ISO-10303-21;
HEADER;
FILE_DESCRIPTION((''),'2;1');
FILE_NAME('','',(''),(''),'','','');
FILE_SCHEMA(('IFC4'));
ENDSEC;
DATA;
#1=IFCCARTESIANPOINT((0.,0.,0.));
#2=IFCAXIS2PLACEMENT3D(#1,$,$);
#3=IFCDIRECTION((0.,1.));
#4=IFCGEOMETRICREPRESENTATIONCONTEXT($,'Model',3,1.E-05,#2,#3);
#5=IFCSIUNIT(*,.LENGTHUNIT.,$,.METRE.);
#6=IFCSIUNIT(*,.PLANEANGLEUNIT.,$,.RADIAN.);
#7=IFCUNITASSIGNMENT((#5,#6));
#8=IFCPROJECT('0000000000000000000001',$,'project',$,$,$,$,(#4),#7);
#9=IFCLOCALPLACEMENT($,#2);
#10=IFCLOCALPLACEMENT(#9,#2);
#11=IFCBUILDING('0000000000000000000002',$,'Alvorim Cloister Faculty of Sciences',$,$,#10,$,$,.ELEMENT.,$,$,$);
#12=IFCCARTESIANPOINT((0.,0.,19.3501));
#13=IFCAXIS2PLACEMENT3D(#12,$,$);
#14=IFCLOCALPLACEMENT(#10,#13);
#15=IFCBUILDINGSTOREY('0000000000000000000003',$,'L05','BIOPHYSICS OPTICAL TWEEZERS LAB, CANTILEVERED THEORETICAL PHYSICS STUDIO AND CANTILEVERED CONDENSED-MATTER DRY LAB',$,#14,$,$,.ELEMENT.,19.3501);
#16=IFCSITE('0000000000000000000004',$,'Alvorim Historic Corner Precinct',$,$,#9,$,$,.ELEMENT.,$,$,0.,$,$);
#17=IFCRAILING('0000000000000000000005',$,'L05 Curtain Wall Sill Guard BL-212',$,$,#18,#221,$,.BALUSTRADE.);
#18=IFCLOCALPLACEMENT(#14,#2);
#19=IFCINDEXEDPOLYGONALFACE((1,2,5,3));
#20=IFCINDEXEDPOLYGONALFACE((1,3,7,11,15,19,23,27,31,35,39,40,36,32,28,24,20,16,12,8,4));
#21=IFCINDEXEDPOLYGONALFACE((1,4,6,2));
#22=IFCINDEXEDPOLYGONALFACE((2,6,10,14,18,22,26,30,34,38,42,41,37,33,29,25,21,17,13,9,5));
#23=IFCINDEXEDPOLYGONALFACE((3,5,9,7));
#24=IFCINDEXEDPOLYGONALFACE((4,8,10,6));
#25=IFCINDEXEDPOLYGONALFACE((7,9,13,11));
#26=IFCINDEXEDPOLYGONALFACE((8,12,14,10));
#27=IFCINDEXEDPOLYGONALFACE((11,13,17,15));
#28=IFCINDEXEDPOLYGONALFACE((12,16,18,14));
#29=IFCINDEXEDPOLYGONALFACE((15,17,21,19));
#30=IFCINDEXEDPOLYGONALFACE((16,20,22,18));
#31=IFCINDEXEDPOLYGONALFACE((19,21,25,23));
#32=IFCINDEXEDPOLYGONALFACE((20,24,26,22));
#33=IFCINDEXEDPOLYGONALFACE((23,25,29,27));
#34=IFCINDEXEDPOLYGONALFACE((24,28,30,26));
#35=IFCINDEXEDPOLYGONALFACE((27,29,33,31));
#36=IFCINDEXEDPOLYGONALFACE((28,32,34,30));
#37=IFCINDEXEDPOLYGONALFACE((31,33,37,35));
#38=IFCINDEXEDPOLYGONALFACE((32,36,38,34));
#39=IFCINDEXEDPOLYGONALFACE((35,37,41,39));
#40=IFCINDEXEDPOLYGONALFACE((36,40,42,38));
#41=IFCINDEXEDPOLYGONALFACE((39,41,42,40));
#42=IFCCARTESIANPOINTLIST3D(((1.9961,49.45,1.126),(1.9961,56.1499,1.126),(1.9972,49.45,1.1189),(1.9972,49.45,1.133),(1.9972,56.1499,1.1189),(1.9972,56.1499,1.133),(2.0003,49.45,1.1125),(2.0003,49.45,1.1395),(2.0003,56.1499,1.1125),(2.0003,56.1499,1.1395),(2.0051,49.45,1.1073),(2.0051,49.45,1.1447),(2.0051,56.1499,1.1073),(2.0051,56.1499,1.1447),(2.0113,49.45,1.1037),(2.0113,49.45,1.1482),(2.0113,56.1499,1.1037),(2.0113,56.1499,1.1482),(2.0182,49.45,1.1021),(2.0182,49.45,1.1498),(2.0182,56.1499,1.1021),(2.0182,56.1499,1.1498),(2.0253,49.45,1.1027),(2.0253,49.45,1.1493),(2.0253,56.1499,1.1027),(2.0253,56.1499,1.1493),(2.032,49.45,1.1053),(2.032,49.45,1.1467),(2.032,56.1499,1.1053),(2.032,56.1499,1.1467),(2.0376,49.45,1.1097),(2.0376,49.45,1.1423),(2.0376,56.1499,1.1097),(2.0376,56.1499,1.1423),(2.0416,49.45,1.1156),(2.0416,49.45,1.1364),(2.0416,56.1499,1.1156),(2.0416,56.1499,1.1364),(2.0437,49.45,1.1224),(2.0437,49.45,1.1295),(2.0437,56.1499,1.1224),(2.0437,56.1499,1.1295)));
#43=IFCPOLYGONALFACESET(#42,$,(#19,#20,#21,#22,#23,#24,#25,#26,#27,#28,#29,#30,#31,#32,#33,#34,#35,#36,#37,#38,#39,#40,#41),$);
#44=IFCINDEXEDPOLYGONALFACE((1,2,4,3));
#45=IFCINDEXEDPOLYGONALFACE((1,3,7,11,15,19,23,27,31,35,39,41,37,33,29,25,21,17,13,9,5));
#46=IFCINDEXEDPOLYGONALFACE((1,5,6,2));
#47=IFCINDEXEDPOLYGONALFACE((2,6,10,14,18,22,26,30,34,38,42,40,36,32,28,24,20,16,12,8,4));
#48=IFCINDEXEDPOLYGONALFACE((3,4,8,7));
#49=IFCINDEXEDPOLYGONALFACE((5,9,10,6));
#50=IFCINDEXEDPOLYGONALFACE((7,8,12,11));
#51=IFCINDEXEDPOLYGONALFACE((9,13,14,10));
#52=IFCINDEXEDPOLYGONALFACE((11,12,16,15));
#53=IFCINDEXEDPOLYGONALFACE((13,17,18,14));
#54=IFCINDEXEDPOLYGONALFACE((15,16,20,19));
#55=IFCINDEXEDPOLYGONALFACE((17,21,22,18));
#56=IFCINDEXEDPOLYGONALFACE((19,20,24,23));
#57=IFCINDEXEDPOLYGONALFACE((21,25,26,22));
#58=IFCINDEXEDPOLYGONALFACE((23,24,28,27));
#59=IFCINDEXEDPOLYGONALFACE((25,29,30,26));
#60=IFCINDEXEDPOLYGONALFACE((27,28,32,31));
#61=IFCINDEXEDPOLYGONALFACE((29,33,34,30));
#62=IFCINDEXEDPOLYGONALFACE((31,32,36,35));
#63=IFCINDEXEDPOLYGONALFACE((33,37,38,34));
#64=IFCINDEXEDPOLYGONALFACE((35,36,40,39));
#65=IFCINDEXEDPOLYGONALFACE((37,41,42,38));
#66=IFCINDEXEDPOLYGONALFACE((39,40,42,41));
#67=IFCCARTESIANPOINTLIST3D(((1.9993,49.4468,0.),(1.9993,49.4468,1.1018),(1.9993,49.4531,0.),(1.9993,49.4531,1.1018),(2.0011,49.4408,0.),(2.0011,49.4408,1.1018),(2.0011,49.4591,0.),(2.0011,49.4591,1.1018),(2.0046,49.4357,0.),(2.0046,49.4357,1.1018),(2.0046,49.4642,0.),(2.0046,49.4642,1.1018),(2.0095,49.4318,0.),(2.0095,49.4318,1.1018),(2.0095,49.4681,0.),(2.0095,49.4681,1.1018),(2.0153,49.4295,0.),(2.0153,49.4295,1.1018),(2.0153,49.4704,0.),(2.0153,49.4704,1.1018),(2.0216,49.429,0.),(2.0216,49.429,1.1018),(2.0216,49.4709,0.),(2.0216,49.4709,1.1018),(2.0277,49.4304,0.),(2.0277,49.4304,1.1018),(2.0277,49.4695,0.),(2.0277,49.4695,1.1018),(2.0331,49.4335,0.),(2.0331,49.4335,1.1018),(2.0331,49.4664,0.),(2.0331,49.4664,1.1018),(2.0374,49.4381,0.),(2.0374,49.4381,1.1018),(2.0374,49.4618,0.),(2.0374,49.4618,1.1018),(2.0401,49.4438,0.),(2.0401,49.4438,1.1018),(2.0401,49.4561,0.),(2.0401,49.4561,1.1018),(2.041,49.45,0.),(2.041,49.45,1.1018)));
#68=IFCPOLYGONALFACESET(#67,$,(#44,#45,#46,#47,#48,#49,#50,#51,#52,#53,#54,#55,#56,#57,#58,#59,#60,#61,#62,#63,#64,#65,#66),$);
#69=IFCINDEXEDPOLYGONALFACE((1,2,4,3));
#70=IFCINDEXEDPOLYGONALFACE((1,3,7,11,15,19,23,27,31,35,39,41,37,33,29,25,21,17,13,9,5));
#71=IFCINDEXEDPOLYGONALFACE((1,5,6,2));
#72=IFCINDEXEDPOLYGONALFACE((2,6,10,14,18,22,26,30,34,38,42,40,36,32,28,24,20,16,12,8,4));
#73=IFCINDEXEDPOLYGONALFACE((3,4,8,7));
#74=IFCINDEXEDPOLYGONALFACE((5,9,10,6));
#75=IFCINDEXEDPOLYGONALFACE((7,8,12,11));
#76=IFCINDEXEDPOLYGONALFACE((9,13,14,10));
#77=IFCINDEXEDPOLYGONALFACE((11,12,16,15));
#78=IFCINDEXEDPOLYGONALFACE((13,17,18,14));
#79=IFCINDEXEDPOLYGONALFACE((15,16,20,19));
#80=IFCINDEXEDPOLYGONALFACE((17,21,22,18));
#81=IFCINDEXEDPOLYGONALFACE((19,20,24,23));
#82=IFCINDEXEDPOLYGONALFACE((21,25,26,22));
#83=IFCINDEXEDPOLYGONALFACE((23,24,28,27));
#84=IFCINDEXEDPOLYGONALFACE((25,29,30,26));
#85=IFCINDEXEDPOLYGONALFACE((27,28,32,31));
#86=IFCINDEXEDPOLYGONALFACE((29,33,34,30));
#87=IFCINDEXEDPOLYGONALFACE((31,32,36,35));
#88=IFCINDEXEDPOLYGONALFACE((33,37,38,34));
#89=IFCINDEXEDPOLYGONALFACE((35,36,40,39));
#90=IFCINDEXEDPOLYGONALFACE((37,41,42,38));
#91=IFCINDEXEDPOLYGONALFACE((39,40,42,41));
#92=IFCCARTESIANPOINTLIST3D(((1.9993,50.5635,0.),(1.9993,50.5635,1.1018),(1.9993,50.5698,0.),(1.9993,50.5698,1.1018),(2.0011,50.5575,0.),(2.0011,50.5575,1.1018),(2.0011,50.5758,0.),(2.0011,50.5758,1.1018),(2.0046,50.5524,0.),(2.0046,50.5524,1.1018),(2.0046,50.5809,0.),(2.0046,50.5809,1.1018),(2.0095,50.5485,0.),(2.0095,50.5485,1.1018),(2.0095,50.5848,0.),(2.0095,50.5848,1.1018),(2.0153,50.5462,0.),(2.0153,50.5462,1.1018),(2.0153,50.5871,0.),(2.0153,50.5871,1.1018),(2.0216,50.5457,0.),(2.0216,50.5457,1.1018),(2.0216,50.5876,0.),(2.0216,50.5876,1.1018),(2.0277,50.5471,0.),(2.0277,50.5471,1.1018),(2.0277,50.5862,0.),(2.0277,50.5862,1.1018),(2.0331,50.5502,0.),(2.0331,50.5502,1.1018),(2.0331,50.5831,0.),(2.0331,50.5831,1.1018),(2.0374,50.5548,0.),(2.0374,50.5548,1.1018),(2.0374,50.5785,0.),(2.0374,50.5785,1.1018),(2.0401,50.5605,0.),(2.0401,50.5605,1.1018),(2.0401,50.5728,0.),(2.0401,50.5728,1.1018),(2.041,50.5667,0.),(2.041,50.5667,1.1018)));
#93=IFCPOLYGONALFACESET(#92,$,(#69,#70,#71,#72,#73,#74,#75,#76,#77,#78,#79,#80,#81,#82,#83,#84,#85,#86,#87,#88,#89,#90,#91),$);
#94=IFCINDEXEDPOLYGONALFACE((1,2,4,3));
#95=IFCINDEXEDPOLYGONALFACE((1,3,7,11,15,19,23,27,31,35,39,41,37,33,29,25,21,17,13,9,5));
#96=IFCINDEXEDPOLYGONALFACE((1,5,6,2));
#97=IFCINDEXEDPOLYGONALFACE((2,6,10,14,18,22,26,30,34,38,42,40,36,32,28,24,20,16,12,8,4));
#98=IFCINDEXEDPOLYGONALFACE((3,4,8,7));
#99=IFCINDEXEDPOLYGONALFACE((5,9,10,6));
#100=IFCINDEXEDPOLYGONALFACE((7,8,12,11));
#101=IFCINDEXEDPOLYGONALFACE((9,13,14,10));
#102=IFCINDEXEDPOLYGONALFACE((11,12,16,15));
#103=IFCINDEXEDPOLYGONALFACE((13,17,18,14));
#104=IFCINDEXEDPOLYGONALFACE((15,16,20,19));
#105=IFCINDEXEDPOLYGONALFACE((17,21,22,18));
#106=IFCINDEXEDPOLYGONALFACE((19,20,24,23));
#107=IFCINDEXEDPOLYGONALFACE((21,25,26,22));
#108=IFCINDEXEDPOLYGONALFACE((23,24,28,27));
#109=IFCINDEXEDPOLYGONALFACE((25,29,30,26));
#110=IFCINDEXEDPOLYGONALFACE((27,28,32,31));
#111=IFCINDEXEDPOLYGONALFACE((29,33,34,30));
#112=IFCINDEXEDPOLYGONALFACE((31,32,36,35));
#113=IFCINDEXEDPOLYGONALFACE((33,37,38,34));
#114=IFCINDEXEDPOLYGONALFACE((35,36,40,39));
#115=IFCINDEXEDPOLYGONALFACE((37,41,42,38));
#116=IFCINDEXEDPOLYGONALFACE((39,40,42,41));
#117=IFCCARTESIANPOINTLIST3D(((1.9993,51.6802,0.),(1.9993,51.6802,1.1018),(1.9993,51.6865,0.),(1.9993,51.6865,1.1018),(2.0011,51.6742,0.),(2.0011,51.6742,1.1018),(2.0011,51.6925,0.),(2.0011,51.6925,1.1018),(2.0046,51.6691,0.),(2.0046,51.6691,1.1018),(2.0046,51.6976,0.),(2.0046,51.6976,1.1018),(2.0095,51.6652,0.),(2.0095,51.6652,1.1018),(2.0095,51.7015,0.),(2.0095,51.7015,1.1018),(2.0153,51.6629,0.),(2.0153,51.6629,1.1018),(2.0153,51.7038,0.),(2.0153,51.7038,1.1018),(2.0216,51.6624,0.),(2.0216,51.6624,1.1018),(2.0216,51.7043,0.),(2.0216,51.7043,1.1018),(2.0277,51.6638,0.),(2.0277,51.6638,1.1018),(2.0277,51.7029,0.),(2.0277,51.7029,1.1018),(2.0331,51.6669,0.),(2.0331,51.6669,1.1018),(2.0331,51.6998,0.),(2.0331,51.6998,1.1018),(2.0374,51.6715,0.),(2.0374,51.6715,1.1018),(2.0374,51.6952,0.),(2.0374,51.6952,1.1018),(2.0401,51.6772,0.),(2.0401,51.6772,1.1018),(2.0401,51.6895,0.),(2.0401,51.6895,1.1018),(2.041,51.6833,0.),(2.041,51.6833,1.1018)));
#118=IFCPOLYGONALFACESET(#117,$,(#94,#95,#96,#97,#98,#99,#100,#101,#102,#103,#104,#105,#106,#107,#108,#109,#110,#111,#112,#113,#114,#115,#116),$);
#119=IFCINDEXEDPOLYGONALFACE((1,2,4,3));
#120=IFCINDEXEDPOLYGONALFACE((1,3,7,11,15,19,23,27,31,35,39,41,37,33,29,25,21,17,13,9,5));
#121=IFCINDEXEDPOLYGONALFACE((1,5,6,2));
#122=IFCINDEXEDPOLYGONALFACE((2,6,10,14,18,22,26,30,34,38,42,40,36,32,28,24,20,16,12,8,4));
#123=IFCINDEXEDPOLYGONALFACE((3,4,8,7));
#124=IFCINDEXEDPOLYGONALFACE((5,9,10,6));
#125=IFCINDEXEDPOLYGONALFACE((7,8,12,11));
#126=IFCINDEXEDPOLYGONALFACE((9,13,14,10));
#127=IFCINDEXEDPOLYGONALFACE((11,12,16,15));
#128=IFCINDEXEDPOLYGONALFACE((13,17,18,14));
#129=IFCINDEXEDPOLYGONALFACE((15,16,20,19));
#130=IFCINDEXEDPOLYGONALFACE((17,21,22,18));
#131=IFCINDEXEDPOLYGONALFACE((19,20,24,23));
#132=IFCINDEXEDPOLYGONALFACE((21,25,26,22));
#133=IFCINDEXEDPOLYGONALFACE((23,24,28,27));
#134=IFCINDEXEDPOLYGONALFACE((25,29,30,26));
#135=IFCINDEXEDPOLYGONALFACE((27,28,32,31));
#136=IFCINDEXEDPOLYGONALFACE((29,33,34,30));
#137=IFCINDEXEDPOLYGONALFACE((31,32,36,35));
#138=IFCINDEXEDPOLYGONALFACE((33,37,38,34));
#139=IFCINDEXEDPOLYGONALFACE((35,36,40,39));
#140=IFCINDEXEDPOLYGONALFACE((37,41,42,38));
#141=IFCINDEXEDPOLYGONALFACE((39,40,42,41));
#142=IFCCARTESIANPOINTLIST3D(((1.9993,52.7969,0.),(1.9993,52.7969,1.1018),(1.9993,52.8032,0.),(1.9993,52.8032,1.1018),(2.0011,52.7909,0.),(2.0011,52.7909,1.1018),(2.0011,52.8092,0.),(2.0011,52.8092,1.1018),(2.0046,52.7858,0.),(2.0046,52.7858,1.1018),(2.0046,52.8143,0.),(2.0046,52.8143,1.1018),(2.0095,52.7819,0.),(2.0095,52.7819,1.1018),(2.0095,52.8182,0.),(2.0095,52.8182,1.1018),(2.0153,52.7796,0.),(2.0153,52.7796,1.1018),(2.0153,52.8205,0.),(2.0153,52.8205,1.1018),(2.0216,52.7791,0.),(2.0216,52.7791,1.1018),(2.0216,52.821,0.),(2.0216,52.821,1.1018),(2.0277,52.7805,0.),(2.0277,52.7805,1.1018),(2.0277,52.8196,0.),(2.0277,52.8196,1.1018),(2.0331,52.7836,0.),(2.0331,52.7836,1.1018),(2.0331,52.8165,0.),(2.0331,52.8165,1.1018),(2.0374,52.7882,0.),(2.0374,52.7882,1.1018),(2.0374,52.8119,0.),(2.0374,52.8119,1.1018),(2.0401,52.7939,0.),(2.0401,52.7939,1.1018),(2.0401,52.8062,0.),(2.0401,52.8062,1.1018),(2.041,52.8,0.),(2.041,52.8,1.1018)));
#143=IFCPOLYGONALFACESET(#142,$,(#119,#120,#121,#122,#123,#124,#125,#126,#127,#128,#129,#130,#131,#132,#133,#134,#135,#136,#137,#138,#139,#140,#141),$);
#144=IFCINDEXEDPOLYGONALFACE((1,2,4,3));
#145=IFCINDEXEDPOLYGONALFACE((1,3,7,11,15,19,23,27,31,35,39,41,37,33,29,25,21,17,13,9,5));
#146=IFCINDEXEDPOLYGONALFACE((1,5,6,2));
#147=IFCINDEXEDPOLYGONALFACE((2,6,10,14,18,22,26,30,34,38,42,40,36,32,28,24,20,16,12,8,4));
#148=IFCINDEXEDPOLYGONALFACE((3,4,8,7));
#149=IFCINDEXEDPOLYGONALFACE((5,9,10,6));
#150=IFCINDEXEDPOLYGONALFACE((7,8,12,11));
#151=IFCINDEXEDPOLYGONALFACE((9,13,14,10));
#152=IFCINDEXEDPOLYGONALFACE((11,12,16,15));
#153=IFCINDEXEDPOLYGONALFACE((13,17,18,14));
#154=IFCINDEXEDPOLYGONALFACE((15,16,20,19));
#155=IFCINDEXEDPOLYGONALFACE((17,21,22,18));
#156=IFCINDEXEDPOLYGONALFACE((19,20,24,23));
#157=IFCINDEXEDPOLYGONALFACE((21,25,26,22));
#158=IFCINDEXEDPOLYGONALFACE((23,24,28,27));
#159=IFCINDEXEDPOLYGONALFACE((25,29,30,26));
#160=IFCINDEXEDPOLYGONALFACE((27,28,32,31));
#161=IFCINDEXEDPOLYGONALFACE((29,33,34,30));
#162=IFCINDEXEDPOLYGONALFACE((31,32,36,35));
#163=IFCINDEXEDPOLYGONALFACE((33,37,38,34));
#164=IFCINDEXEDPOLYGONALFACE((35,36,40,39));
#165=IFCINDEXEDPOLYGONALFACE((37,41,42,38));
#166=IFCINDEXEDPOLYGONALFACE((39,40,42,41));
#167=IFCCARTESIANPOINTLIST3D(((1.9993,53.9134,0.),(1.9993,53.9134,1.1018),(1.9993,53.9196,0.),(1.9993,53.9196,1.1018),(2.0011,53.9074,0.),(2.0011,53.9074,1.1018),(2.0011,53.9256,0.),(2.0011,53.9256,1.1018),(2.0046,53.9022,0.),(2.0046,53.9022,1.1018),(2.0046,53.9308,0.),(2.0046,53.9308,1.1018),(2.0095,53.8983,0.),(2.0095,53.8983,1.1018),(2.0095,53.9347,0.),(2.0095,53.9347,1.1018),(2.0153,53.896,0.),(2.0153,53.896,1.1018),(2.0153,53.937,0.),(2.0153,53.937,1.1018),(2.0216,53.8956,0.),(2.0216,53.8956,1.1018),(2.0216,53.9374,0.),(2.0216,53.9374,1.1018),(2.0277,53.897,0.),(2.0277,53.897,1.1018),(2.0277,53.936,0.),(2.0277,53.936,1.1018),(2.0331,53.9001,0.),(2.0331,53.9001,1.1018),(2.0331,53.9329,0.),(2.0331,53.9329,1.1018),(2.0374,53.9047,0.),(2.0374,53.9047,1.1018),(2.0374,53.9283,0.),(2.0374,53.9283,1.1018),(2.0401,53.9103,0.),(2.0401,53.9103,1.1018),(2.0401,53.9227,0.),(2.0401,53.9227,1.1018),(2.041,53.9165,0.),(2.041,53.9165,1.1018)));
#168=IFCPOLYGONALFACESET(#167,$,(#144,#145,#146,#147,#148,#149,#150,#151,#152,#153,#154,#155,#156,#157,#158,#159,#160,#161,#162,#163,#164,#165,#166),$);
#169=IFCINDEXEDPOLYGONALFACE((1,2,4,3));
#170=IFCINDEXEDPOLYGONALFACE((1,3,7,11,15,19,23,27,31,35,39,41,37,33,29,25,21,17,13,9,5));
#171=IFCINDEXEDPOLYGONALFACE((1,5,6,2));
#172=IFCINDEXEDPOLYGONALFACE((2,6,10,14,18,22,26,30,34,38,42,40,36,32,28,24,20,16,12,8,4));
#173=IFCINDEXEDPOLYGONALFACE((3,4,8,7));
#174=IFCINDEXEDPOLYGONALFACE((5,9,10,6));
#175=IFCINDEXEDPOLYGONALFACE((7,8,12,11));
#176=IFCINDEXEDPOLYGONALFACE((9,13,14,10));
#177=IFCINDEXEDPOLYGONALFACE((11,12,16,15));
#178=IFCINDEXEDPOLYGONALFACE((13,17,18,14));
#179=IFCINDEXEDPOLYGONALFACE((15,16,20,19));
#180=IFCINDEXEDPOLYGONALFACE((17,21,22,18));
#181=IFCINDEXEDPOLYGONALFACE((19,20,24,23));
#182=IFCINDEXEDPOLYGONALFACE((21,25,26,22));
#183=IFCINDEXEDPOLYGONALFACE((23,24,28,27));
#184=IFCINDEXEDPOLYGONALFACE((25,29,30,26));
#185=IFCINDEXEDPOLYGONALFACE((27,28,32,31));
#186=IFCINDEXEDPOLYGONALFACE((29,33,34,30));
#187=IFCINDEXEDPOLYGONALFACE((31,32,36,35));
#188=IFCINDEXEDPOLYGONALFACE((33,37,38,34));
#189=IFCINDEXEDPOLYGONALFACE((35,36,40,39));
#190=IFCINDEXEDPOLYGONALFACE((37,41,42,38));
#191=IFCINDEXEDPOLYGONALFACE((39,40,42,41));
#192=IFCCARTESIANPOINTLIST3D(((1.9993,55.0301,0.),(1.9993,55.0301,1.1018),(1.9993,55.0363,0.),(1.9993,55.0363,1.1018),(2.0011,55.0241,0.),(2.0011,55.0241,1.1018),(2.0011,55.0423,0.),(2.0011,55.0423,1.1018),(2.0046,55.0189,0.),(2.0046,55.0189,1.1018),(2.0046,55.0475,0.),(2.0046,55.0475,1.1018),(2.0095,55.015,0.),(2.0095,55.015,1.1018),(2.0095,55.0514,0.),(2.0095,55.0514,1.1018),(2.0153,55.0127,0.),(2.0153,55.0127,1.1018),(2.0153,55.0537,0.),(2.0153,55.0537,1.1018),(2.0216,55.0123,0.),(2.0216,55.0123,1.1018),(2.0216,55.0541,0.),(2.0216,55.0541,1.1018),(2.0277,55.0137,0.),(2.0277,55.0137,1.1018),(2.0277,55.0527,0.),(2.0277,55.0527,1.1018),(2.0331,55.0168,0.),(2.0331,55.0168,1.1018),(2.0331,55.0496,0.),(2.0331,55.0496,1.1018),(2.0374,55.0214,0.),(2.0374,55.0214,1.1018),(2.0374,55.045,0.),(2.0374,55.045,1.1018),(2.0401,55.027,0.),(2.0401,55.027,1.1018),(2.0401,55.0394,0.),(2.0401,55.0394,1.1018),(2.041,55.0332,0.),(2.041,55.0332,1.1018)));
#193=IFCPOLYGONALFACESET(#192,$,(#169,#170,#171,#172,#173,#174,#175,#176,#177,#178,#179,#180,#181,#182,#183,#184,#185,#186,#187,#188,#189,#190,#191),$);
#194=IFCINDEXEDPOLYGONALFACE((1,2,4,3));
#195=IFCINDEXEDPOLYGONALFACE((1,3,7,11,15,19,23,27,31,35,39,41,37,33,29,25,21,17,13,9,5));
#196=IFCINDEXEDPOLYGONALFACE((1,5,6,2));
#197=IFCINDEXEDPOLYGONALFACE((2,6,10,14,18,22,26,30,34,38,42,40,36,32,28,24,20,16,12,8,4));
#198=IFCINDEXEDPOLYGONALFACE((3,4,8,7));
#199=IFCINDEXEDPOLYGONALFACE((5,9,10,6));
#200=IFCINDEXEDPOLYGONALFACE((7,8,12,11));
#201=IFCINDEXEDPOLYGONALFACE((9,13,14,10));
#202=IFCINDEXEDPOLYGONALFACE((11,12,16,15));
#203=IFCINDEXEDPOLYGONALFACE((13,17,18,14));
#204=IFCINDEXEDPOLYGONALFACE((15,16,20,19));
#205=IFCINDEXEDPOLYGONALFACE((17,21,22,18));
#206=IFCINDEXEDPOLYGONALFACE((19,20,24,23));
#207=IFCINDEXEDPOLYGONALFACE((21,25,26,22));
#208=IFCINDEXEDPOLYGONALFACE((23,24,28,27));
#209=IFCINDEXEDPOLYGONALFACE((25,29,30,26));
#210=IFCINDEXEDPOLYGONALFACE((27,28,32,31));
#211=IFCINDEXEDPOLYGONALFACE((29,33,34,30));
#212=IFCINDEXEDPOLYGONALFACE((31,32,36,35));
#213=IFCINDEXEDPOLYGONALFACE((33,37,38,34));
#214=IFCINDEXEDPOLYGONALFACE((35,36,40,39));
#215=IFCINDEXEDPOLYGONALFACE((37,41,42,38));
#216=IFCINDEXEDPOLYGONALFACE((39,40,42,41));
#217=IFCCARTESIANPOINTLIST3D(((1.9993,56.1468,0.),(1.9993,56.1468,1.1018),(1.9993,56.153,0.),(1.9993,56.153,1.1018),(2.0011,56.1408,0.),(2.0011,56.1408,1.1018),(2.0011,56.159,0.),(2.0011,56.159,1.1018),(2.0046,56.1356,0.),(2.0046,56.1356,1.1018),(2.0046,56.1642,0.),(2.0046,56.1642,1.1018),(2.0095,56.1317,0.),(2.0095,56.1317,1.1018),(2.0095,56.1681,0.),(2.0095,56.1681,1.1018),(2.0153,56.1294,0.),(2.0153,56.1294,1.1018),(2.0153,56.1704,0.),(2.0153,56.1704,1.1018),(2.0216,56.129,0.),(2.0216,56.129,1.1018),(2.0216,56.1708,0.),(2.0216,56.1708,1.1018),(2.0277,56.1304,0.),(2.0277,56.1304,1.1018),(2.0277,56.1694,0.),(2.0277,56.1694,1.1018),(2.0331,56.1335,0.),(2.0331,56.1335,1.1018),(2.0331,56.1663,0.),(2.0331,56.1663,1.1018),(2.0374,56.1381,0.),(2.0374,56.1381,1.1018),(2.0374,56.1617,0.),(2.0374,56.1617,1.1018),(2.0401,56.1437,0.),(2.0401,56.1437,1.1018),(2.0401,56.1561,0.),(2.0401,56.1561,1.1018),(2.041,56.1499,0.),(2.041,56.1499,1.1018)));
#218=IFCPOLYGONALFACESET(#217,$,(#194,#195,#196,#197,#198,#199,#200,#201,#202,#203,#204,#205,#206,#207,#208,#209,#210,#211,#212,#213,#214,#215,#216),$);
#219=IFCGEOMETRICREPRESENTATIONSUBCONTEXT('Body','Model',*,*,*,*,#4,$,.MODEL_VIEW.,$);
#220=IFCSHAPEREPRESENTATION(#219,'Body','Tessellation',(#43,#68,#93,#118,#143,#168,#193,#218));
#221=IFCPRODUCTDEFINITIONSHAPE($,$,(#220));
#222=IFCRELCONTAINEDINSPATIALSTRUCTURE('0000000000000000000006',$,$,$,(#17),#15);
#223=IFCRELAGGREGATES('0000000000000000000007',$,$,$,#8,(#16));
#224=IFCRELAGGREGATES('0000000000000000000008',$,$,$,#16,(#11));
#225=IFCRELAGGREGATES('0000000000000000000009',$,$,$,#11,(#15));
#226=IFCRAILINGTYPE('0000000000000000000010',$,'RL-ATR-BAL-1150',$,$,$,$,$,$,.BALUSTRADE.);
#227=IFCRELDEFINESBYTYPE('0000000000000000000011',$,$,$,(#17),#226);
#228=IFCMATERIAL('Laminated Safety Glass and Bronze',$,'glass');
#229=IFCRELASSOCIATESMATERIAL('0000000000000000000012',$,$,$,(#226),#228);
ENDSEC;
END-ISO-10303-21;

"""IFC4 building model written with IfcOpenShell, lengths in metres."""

from ifc_helpers import new_model, si_unit, direction, frame, origin, origin_2d, place, context, subcontext, project, spatial, circle, extrude, material, type_object, element, save


model = new_model("IFC4")

# Units and contexts
model_context = context("Model", 3, precision=1e-05, world=origin(), true_north=direction((0.0, 1.0)))
body_context = subcontext(model_context, "Body", "Model", "MODEL_VIEW")
ifc_project = project(units=[si_unit("LENGTHUNIT", "METRE"), si_unit("PLANEANGLEUNIT", "RADIAN")], contexts=[model_context])

# Site, building, storey
site_placement = place(None, origin())
site = spatial("IfcSite", under=ifc_project, at=site_placement, Name="Alvorim Historic Corner Precinct", CompositionType="ELEMENT", RefElevation=0.0)
building_placement = place(site_placement, origin())
building = spatial("IfcBuilding", under=site, at=building_placement, Name="Alvorim Cloister Faculty of Sciences", CompositionType="ELEMENT")
storey_placement = place(building_placement, frame((0.0, 0.0, 19.3501)))
storey = spatial("IfcBuildingStorey", under=building, at=storey_placement, Name="L05", Description="BIOPHYSICS OPTICAL TWEEZERS LAB, CANTILEVERED THEORETICAL PHYSICS STUDIO AND CANTILEVERED CONDENSED-MATTER DRY LAB", CompositionType="ELEMENT", Elevation=19.3501)

# Railing
ifc_material_1 = material(Name="Laminated Safety Glass and Bronze", Category="glass")
railing_type = type_object("IfcRailingType", Name="RL-ATR-BAL-1150", PredefinedType="BALUSTRADE", material=ifc_material_1)
railing_1_placement = place(storey_placement, frame((2.02, 49.45, 0.0)))
element("IfcRailing", 1, at=railing_1_placement, inside=storey, type_object=railing_type, Name="L05 Curtain Wall Sill Guard BL-212", PredefinedType="BALUSTRADE", context=body_context, shape_type="SweptSolid", body=[
    extrude(circle(Radius=0.0239, at=origin_2d()), frame((0.0, 0.0, 1.126), z_axis=(0.0, 1.0, 0.0), x_axis=(-1.0, 0.0, 0.0)), (0.0, 0.0, 1.0), 6.7),
    extrude(circle(Radius=0.021, at=origin_2d()), origin(), (0.0, 0.0, 1.0), 1.1018),
    extrude(circle(Radius=0.021, at=origin_2d()), frame((0.0, 1.1167, 0.0)), (0.0, 0.0, 1.0), 1.1018),
    extrude(circle(Radius=0.021, at=origin_2d()), frame((0.0, 2.2334, 0.0)), (0.0, 0.0, 1.0), 1.1018),
    extrude(circle(Radius=0.021, at=origin_2d()), frame((0.0, 3.3501, 0.0)), (0.0, 0.0, 1.0), 1.1018),
    extrude(circle(Radius=0.021, at=origin_2d()), frame((0.0, 4.4666, 0.0)), (0.0, 0.0, 1.0), 1.1018),
    extrude(circle(Radius=0.021, at=origin_2d()), frame((0.0, 5.5833, 0.0)), (0.0, 0.0, 1.0), 1.1018),
    extrude(circle(Radius=0.021, at=origin_2d()), frame((0.0, 6.7, 0.0)), (0.0, 0.0, 1.0), 1.1018),
])

save(model, "model.ifc")
